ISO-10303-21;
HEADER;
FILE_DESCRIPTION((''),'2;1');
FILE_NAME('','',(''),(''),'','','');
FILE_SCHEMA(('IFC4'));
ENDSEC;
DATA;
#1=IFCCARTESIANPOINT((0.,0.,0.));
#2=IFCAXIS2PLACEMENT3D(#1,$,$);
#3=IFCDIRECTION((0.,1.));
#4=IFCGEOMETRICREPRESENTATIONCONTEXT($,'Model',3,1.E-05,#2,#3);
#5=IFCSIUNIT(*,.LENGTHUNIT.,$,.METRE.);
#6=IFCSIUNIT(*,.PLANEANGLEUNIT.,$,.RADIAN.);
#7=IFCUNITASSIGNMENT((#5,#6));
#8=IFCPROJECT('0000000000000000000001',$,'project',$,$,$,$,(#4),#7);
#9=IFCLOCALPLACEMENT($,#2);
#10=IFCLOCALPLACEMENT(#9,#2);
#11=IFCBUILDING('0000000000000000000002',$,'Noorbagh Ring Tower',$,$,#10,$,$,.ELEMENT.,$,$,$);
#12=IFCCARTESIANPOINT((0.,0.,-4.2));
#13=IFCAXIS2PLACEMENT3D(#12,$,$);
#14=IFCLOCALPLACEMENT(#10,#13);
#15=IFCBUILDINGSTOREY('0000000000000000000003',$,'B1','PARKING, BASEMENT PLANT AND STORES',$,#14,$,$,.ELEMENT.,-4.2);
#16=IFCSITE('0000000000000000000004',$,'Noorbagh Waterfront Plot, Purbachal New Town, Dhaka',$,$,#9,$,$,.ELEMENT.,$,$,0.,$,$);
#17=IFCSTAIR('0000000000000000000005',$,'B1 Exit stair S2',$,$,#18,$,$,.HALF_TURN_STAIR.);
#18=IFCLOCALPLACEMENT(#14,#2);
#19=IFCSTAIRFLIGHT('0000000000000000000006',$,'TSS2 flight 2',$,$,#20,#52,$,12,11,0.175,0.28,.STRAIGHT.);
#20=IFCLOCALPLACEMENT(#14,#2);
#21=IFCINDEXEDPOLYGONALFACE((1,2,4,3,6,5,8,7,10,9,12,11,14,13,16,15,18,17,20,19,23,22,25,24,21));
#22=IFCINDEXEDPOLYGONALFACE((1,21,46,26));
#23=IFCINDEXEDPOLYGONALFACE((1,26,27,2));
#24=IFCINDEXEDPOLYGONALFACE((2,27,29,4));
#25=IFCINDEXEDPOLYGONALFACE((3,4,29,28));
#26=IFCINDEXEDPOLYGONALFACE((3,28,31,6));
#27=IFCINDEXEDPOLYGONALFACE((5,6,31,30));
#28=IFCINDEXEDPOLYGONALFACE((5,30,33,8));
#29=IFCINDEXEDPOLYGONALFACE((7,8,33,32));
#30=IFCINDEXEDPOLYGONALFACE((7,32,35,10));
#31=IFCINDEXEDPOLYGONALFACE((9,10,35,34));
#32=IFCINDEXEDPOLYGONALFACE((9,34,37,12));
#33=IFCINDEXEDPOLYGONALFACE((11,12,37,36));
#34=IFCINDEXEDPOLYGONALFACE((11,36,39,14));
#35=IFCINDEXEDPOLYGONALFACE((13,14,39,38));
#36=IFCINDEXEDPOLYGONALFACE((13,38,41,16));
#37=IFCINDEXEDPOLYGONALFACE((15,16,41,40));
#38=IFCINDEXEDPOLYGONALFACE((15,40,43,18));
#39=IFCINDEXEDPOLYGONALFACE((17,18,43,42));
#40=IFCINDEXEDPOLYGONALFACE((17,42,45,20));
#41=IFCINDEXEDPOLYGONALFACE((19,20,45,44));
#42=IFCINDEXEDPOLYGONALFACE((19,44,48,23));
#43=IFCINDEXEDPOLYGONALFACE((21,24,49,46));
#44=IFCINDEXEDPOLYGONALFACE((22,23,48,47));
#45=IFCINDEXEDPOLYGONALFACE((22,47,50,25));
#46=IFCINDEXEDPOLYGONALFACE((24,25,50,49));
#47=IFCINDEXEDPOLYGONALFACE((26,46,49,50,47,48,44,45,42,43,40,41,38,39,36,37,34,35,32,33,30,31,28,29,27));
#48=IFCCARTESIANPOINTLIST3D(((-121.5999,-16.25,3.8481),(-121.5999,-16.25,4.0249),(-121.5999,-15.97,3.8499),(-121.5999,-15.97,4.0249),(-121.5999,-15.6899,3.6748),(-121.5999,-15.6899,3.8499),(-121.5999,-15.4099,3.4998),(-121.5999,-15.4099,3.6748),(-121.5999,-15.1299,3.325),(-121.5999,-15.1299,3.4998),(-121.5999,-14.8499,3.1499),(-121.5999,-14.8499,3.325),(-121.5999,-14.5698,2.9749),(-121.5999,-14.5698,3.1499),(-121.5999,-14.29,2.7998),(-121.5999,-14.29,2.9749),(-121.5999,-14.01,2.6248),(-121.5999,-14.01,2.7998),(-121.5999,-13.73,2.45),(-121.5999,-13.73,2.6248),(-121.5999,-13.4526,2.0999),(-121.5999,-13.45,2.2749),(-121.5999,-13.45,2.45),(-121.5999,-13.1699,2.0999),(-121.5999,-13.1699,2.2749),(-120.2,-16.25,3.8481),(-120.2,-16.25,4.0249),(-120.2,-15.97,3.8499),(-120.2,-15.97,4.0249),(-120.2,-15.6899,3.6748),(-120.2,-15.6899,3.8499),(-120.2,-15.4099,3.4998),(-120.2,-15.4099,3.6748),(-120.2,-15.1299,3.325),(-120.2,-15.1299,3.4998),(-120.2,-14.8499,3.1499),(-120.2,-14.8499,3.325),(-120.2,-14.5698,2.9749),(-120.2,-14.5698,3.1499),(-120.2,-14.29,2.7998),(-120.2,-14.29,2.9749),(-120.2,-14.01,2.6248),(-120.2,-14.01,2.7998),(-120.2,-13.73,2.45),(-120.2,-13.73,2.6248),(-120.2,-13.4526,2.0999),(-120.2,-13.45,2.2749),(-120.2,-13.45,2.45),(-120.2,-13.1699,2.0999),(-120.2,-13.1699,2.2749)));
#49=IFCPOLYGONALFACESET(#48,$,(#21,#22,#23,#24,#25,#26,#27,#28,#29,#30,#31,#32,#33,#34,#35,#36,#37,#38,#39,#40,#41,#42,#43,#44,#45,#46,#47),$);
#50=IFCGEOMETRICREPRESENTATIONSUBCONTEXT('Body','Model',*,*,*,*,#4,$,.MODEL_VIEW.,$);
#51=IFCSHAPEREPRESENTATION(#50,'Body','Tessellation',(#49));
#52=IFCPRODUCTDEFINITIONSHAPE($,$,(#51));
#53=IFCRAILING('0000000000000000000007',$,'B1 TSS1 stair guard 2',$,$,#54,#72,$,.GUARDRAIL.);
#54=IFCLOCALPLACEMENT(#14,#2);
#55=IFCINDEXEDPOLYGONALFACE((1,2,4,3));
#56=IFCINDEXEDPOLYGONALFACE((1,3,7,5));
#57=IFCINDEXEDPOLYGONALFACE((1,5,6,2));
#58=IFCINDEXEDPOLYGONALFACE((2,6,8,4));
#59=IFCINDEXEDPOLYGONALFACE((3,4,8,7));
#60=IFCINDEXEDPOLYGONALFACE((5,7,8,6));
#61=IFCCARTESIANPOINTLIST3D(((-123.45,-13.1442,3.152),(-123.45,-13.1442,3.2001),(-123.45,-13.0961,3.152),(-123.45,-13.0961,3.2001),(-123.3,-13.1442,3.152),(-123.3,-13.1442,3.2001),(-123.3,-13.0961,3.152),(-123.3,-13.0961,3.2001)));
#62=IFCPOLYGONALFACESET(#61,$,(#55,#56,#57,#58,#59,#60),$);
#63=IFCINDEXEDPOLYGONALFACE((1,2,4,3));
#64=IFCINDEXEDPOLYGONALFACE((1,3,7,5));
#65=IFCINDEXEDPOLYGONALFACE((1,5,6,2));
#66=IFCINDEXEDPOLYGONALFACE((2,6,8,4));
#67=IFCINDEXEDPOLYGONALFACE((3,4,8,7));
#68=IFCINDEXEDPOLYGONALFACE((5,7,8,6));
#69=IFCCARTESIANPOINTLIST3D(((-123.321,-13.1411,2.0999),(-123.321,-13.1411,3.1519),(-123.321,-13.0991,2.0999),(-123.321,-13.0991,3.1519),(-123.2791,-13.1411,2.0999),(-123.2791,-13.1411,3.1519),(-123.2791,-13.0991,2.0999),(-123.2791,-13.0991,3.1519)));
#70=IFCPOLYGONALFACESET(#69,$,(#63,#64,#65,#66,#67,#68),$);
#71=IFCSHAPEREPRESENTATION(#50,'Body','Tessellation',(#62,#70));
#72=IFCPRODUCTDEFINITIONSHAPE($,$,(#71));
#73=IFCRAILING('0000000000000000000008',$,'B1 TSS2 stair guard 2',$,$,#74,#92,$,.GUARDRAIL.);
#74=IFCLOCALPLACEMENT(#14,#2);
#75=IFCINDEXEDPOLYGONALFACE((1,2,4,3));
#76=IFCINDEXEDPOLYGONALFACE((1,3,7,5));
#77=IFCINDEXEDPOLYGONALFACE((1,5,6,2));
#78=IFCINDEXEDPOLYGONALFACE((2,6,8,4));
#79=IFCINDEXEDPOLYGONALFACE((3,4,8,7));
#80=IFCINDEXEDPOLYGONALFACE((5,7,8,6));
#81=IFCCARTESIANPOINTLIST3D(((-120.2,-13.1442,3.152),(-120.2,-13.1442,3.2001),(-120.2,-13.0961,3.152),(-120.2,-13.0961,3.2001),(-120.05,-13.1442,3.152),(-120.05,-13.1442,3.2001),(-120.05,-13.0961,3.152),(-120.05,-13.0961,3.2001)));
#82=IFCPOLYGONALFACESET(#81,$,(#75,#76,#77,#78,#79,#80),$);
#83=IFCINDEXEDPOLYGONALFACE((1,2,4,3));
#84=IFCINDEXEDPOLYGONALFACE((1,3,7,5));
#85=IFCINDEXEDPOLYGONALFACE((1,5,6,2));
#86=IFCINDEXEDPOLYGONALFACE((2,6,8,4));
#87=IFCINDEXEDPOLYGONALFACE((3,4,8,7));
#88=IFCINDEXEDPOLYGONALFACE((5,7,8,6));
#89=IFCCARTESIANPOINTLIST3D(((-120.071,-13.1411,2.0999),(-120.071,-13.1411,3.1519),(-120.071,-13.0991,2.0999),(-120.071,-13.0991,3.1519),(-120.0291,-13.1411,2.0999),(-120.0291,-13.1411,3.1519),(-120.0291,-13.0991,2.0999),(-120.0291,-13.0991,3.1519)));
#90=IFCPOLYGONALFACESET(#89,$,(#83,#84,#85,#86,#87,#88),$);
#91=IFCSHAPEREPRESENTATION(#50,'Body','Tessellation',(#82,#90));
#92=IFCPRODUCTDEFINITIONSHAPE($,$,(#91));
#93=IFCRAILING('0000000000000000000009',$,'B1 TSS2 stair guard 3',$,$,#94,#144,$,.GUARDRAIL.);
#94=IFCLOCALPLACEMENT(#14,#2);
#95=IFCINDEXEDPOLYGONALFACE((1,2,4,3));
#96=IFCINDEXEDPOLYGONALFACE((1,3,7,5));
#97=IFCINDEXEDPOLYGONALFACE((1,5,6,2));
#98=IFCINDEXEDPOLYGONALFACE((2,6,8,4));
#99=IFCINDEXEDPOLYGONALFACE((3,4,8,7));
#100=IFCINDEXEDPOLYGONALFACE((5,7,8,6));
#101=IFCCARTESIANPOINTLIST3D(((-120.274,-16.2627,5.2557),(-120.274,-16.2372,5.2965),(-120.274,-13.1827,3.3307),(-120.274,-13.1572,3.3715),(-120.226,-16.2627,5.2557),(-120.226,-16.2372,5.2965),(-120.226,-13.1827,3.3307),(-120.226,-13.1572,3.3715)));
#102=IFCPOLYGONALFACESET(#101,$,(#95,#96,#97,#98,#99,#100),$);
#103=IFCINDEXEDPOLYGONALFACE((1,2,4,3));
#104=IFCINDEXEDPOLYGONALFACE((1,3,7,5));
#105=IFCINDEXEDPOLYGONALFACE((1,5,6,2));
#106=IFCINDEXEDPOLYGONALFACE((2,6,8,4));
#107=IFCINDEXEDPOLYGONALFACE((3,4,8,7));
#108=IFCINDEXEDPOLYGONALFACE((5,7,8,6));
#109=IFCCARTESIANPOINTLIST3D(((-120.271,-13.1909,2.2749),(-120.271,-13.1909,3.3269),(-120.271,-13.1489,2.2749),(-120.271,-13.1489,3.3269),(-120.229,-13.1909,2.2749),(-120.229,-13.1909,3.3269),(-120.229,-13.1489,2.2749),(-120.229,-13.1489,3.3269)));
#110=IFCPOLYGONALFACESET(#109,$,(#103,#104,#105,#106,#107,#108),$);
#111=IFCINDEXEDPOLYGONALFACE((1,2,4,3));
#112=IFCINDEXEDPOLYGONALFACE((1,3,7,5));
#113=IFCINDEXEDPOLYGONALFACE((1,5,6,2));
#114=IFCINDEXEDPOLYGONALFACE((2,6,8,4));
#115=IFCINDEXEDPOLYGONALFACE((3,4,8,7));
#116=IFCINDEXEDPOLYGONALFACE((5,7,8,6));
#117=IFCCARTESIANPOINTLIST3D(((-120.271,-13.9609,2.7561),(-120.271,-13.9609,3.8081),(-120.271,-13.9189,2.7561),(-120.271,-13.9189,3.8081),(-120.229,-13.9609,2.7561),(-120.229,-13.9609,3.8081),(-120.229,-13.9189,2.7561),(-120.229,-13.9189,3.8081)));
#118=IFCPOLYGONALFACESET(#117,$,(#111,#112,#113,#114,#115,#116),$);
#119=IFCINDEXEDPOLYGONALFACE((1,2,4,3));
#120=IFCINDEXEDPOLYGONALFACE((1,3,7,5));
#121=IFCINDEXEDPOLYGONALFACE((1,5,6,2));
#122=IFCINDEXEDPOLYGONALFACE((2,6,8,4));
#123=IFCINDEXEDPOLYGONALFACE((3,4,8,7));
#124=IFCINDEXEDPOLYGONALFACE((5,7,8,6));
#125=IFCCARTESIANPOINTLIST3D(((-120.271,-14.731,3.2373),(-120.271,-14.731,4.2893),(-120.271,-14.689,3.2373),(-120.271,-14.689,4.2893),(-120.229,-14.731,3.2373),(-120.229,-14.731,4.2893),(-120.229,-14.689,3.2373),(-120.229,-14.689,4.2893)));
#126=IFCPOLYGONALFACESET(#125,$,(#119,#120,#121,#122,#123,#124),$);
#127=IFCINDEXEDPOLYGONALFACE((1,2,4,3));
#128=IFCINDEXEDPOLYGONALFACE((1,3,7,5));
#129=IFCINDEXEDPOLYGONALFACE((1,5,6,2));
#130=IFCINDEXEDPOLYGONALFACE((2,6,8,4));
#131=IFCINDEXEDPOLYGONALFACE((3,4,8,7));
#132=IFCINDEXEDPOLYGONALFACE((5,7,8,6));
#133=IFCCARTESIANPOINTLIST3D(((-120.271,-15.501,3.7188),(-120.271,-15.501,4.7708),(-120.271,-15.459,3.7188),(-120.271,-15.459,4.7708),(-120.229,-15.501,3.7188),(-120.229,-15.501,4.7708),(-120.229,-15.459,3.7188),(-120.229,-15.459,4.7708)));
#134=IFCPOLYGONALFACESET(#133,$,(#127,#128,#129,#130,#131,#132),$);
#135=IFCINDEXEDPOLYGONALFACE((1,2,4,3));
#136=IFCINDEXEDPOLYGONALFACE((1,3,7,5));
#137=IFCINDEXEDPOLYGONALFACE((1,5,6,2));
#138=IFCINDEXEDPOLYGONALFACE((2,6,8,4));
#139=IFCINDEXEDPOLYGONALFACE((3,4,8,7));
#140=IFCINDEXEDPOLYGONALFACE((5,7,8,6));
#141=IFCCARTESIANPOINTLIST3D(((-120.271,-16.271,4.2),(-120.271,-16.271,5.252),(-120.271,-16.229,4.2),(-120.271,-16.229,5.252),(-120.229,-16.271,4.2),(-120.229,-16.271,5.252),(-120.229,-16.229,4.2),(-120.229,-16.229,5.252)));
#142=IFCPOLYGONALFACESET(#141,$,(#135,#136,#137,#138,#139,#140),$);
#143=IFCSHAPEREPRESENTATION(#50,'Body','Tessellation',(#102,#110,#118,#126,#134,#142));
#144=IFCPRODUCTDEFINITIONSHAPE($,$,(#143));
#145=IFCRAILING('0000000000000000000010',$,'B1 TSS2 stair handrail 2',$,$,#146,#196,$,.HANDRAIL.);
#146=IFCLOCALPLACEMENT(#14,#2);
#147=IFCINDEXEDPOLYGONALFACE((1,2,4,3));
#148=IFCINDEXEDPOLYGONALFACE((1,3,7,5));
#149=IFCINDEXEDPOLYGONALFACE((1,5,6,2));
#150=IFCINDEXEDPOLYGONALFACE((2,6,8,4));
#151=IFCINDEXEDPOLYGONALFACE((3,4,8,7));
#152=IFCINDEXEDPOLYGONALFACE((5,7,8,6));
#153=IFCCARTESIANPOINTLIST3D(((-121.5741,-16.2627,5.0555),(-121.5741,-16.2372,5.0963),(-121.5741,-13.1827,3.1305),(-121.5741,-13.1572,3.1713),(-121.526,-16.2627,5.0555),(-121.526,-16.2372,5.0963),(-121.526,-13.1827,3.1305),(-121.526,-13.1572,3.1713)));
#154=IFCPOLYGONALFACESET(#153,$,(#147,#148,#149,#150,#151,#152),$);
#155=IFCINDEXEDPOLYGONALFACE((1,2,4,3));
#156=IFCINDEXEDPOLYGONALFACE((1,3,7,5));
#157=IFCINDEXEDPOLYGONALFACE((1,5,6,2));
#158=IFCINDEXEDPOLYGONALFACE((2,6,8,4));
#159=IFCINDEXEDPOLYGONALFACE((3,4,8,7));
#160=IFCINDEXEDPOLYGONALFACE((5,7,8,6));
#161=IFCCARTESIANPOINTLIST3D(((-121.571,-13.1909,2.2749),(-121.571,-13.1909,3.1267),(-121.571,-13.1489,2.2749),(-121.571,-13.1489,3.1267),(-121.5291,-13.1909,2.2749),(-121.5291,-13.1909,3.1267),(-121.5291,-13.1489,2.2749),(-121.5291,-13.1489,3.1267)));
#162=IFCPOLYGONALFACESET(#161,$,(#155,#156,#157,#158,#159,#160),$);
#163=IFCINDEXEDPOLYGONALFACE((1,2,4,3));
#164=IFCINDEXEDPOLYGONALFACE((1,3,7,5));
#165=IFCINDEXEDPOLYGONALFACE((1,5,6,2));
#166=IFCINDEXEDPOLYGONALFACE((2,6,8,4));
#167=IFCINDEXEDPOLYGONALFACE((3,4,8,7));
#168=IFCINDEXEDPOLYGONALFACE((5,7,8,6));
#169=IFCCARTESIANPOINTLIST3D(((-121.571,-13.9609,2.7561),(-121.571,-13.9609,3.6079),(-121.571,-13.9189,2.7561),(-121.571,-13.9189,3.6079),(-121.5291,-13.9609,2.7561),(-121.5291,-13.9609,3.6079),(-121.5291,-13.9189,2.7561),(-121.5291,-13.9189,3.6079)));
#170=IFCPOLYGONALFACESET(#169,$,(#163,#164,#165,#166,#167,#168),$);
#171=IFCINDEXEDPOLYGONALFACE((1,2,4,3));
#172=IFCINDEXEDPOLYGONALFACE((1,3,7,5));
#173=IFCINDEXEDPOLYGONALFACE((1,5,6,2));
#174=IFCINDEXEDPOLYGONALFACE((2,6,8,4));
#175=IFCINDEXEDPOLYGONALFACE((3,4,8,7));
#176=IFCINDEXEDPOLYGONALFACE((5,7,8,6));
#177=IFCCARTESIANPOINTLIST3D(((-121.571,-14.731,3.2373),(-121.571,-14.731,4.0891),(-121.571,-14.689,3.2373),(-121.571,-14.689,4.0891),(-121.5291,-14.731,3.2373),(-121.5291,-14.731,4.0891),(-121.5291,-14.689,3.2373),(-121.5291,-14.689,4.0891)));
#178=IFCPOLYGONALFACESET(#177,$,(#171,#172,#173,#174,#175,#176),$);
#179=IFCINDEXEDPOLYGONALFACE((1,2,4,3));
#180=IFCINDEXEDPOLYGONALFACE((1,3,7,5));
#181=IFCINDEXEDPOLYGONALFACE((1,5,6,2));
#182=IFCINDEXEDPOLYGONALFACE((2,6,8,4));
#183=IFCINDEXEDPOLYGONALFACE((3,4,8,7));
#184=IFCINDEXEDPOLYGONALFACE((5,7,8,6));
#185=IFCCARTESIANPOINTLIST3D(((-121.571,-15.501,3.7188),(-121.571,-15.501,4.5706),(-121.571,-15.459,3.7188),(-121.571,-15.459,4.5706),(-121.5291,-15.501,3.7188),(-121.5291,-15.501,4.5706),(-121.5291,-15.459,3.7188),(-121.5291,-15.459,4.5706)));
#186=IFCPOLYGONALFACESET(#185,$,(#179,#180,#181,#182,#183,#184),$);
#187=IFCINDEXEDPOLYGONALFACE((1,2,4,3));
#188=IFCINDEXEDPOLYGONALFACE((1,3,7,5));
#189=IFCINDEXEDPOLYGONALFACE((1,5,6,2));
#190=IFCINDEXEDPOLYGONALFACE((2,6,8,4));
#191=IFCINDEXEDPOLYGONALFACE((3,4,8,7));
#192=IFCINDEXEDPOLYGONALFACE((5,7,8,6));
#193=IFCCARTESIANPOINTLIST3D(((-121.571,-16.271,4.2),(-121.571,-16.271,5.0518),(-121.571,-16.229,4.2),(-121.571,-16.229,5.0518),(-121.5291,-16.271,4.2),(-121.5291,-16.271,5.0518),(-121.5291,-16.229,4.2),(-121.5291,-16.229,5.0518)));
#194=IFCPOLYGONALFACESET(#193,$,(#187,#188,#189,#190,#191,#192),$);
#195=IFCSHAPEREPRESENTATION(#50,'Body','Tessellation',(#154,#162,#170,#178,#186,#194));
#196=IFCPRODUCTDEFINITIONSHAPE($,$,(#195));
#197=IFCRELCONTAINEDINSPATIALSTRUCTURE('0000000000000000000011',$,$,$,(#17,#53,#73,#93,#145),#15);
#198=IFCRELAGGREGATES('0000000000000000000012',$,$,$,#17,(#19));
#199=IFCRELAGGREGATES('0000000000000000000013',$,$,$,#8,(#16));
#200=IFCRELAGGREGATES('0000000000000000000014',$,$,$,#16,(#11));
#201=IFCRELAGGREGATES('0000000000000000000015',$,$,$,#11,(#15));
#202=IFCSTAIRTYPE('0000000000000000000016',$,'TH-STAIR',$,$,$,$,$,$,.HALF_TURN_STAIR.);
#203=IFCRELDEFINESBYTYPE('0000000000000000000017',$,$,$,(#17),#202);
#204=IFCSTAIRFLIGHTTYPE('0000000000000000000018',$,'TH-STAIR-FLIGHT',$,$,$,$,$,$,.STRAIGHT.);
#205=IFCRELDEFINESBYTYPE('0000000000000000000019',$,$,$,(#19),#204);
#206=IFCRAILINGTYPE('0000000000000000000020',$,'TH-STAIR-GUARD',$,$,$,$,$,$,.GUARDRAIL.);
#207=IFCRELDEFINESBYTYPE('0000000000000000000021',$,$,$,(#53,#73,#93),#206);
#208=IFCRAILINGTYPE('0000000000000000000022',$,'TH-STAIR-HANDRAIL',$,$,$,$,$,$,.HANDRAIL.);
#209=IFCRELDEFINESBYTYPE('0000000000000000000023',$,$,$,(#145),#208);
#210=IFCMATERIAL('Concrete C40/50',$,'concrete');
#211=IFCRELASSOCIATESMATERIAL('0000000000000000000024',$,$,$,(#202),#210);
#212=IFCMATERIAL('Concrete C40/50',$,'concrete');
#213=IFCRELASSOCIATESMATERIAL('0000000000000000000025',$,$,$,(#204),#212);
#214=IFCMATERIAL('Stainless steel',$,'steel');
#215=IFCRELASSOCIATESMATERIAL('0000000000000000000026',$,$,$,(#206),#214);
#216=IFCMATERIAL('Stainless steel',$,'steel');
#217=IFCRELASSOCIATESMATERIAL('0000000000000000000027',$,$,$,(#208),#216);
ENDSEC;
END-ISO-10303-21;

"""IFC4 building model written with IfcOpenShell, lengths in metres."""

from ifc_helpers import new_model, si_unit, direction, frame, origin, origin_2d, place, context, subcontext, project, spatial, polyline, rectangle, outline, extrude, material, type_object, element, aggregate, save


model = new_model("IFC4")

# Units and contexts
model_context = context("Model", 3, precision=1e-05, world=origin(), true_north=direction((0.0, 1.0)))
body_context = subcontext(model_context, "Body", "Model", "MODEL_VIEW")
ifc_project = project(units=[si_unit("LENGTHUNIT", "METRE"), si_unit("PLANEANGLEUNIT", "RADIAN")], contexts=[model_context])

# Site, building, storey
site_placement = place(None, origin())
site = spatial("IfcSite", under=ifc_project, at=site_placement, Name="Noorbagh Waterfront Plot, Purbachal New Town, Dhaka", CompositionType="ELEMENT", RefElevation=0.0)
building_placement = place(site_placement, origin())
building = spatial("IfcBuilding", under=site, at=building_placement, Name="Noorbagh Ring Tower", CompositionType="ELEMENT")
storey_placement = place(building_placement, frame((0.0, 0.0, -4.2)))
storey = spatial("IfcBuildingStorey", under=building, at=storey_placement, Name="B1", Description="PARKING, BASEMENT PLANT AND STORES", CompositionType="ELEMENT", Elevation=-4.2)

# Stair, stair flight
ifc_material_1 = material(Name="Concrete C40/50", Category="concrete")
stair_type = type_object("IfcStairType", Name="TH-STAIR", PredefinedType="HALF_TURN_STAIR", material=ifc_material_1)
stair_placement = place(storey_placement, origin())
stair = element("IfcStair", 1, at=stair_placement, inside=storey, type_object=stair_type, Name="B1 Exit stair S2", PredefinedType="HALF_TURN_STAIR")
ifc_material_2 = material(Name="Concrete C40/50", Category="concrete")
stair_flight_type = type_object("IfcStairFlightType", Name="TH-STAIR-FLIGHT", PredefinedType="STRAIGHT", material=ifc_material_2)
stair_flight_placement = place(storey_placement, frame((-120.8999, -13.1699, 2.0999), z_axis=(0.0, 0.0, 1.0), x_axis=(0.0, -1.0, 0.0)))
stair_flight = element("IfcStairFlight", 2, at=stair_flight_placement, type_object=stair_flight_type, Name="TSS2 flight 2", NumberOfRisers=12, NumberOfTreads=11, PredefinedType="STRAIGHT", RiserHeight=0.175, TreadLength=0.28, context=body_context, shape_type="SweptSolid", body=[
    extrude(outline(polyline([(0.0, 0.0), (0.0, 0.175), (0.28, 0.175), (0.28, 0.3501), (0.5601, 0.3501), (0.5601, 0.5249), (0.8401, 0.5249), (0.8401, 0.7), (1.1201, 0.7), (1.1201, 0.875), (1.3999, 0.875), (1.3999, 1.05), (1.6799, 1.05), (1.6799, 1.2251), (1.96, 1.2251), (1.96, 1.3999), (2.24, 1.3999), (2.24, 1.575), (2.52, 1.575), (2.52, 1.75), (2.8, 1.75), (2.8, 1.925), (3.0801, 1.925), (3.0801, 2.1001), (3.0801, 1.7483), (0.2827, 0.0), (0.0, 0.0)])), frame((0.0, 0.7, 0.0), z_axis=(0.0, -1.0, 0.0), x_axis=(1.0, 0.0, 0.0)), (0.0, 0.0, 1.0), 1.3999),
])
aggregate(stair, [stair_flight])

# Railings
ifc_material_3 = material(Name="Stainless steel", Category="steel")
railing_type_1 = type_object("IfcRailingType", Name="TH-STAIR-GUARD", PredefinedType="GUARDRAIL", material=ifc_material_3)
for number, where, name in (
    (3, (-123.3, -13.1201, 2.0999), "B1 TSS1 stair guard 2"),
    (4, (-120.05, -13.1201, 2.0999), "B1 TSS2 stair guard 2"),
):
    element("IfcRailing", number, at=place(storey_placement, frame(where)), inside=storey, type_object=railing_type_1, Name=name, PredefinedType="GUARDRAIL", context=body_context, shape_type="SweptSolid", body=[
        extrude(rectangle(XDim=0.0481, YDim=0.0481, at=origin_2d()), frame((0.0, 0.0, 1.0762), z_axis=(-1.0, 0.0, 0.0), x_axis=(0.0, -1.0, 0.0)), (0.0, 0.0, 1.0), 0.1499),
        extrude(rectangle(XDim=0.042, YDim=0.042, at=origin_2d()), origin(), (0.0, 0.0, 1.0), 1.052),
    ])
railing_1_placement = place(storey_placement, frame((-120.25, -13.1699, 2.2749)))
element("IfcRailing", 5, at=railing_1_placement, inside=storey, type_object=railing_type_1, Name="B1 TSS2 stair guard 3", PredefinedType="GUARDRAIL", context=body_context, shape_type="SweptSolid", body=[
    extrude(rectangle(XDim=0.0481, YDim=0.0481, at=origin_2d()), frame((0.0, 0.0, 1.0762), z_axis=(0.0, -0.847998, 0.529999), x_axis=(1.0, 0.0, 0.0)), (0.0, 0.0, 1.0), 3.6321),
    extrude(rectangle(XDim=0.042, YDim=0.042, at=origin_2d()), origin(), (0.0, 0.0, 1.0), 1.052),
    extrude(rectangle(XDim=0.042, YDim=0.042, at=origin_2d()), frame((0.0, -0.77, 0.4812)), (0.0, 0.0, 1.0), 1.052),
    extrude(rectangle(XDim=0.042, YDim=0.042, at=origin_2d()), frame((0.0, -1.54, 0.9624)), (0.0, 0.0, 1.0), 1.052),
    extrude(rectangle(XDim=0.042, YDim=0.042, at=origin_2d()), frame((0.0, -2.3101, 1.4438)), (0.0, 0.0, 1.0), 1.052),
    extrude(rectangle(XDim=0.042, YDim=0.042, at=origin_2d()), frame((0.0, -3.0801, 1.925)), (0.0, 0.0, 1.0), 1.052),
])
ifc_material_4 = material(Name="Stainless steel", Category="steel")
railing_type_2 = type_object("IfcRailingType", Name="TH-STAIR-HANDRAIL", PredefinedType="HANDRAIL", material=ifc_material_4)
railing_2_placement = place(storey_placement, frame((-121.55, -13.1699, 2.2749)))
element("IfcRailing", 6, at=railing_2_placement, inside=storey, type_object=railing_type_2, Name="B1 TSS2 stair handrail 2", PredefinedType="HANDRAIL", context=body_context, shape_type="SweptSolid", body=[
    extrude(rectangle(XDim=0.0481, YDim=0.0481, at=origin_2d()), frame((0.0, 0.0, 0.876), z_axis=(0.0, -0.847998, 0.529999), x_axis=(1.0, 0.0, 0.0)), (0.0, 0.0, 1.0), 3.6321),
    extrude(rectangle(XDim=0.042, YDim=0.042, at=origin_2d()), origin(), (0.0, 0.0, 1.0), 0.8518),
    extrude(rectangle(XDim=0.042, YDim=0.042, at=origin_2d()), frame((0.0, -0.77, 0.4812)), (0.0, 0.0, 1.0), 0.8518),
    extrude(rectangle(XDim=0.042, YDim=0.042, at=origin_2d()), frame((0.0, -1.54, 0.9624)), (0.0, 0.0, 1.0), 0.8518),
    extrude(rectangle(XDim=0.042, YDim=0.042, at=origin_2d()), frame((0.0, -2.3101, 1.4438)), (0.0, 0.0, 1.0), 0.8518),
    extrude(rectangle(XDim=0.042, YDim=0.042, at=origin_2d()), frame((0.0, -3.0801, 1.925)), (0.0, 0.0, 1.0), 0.8518),
])

save(model, "model.ifc")
